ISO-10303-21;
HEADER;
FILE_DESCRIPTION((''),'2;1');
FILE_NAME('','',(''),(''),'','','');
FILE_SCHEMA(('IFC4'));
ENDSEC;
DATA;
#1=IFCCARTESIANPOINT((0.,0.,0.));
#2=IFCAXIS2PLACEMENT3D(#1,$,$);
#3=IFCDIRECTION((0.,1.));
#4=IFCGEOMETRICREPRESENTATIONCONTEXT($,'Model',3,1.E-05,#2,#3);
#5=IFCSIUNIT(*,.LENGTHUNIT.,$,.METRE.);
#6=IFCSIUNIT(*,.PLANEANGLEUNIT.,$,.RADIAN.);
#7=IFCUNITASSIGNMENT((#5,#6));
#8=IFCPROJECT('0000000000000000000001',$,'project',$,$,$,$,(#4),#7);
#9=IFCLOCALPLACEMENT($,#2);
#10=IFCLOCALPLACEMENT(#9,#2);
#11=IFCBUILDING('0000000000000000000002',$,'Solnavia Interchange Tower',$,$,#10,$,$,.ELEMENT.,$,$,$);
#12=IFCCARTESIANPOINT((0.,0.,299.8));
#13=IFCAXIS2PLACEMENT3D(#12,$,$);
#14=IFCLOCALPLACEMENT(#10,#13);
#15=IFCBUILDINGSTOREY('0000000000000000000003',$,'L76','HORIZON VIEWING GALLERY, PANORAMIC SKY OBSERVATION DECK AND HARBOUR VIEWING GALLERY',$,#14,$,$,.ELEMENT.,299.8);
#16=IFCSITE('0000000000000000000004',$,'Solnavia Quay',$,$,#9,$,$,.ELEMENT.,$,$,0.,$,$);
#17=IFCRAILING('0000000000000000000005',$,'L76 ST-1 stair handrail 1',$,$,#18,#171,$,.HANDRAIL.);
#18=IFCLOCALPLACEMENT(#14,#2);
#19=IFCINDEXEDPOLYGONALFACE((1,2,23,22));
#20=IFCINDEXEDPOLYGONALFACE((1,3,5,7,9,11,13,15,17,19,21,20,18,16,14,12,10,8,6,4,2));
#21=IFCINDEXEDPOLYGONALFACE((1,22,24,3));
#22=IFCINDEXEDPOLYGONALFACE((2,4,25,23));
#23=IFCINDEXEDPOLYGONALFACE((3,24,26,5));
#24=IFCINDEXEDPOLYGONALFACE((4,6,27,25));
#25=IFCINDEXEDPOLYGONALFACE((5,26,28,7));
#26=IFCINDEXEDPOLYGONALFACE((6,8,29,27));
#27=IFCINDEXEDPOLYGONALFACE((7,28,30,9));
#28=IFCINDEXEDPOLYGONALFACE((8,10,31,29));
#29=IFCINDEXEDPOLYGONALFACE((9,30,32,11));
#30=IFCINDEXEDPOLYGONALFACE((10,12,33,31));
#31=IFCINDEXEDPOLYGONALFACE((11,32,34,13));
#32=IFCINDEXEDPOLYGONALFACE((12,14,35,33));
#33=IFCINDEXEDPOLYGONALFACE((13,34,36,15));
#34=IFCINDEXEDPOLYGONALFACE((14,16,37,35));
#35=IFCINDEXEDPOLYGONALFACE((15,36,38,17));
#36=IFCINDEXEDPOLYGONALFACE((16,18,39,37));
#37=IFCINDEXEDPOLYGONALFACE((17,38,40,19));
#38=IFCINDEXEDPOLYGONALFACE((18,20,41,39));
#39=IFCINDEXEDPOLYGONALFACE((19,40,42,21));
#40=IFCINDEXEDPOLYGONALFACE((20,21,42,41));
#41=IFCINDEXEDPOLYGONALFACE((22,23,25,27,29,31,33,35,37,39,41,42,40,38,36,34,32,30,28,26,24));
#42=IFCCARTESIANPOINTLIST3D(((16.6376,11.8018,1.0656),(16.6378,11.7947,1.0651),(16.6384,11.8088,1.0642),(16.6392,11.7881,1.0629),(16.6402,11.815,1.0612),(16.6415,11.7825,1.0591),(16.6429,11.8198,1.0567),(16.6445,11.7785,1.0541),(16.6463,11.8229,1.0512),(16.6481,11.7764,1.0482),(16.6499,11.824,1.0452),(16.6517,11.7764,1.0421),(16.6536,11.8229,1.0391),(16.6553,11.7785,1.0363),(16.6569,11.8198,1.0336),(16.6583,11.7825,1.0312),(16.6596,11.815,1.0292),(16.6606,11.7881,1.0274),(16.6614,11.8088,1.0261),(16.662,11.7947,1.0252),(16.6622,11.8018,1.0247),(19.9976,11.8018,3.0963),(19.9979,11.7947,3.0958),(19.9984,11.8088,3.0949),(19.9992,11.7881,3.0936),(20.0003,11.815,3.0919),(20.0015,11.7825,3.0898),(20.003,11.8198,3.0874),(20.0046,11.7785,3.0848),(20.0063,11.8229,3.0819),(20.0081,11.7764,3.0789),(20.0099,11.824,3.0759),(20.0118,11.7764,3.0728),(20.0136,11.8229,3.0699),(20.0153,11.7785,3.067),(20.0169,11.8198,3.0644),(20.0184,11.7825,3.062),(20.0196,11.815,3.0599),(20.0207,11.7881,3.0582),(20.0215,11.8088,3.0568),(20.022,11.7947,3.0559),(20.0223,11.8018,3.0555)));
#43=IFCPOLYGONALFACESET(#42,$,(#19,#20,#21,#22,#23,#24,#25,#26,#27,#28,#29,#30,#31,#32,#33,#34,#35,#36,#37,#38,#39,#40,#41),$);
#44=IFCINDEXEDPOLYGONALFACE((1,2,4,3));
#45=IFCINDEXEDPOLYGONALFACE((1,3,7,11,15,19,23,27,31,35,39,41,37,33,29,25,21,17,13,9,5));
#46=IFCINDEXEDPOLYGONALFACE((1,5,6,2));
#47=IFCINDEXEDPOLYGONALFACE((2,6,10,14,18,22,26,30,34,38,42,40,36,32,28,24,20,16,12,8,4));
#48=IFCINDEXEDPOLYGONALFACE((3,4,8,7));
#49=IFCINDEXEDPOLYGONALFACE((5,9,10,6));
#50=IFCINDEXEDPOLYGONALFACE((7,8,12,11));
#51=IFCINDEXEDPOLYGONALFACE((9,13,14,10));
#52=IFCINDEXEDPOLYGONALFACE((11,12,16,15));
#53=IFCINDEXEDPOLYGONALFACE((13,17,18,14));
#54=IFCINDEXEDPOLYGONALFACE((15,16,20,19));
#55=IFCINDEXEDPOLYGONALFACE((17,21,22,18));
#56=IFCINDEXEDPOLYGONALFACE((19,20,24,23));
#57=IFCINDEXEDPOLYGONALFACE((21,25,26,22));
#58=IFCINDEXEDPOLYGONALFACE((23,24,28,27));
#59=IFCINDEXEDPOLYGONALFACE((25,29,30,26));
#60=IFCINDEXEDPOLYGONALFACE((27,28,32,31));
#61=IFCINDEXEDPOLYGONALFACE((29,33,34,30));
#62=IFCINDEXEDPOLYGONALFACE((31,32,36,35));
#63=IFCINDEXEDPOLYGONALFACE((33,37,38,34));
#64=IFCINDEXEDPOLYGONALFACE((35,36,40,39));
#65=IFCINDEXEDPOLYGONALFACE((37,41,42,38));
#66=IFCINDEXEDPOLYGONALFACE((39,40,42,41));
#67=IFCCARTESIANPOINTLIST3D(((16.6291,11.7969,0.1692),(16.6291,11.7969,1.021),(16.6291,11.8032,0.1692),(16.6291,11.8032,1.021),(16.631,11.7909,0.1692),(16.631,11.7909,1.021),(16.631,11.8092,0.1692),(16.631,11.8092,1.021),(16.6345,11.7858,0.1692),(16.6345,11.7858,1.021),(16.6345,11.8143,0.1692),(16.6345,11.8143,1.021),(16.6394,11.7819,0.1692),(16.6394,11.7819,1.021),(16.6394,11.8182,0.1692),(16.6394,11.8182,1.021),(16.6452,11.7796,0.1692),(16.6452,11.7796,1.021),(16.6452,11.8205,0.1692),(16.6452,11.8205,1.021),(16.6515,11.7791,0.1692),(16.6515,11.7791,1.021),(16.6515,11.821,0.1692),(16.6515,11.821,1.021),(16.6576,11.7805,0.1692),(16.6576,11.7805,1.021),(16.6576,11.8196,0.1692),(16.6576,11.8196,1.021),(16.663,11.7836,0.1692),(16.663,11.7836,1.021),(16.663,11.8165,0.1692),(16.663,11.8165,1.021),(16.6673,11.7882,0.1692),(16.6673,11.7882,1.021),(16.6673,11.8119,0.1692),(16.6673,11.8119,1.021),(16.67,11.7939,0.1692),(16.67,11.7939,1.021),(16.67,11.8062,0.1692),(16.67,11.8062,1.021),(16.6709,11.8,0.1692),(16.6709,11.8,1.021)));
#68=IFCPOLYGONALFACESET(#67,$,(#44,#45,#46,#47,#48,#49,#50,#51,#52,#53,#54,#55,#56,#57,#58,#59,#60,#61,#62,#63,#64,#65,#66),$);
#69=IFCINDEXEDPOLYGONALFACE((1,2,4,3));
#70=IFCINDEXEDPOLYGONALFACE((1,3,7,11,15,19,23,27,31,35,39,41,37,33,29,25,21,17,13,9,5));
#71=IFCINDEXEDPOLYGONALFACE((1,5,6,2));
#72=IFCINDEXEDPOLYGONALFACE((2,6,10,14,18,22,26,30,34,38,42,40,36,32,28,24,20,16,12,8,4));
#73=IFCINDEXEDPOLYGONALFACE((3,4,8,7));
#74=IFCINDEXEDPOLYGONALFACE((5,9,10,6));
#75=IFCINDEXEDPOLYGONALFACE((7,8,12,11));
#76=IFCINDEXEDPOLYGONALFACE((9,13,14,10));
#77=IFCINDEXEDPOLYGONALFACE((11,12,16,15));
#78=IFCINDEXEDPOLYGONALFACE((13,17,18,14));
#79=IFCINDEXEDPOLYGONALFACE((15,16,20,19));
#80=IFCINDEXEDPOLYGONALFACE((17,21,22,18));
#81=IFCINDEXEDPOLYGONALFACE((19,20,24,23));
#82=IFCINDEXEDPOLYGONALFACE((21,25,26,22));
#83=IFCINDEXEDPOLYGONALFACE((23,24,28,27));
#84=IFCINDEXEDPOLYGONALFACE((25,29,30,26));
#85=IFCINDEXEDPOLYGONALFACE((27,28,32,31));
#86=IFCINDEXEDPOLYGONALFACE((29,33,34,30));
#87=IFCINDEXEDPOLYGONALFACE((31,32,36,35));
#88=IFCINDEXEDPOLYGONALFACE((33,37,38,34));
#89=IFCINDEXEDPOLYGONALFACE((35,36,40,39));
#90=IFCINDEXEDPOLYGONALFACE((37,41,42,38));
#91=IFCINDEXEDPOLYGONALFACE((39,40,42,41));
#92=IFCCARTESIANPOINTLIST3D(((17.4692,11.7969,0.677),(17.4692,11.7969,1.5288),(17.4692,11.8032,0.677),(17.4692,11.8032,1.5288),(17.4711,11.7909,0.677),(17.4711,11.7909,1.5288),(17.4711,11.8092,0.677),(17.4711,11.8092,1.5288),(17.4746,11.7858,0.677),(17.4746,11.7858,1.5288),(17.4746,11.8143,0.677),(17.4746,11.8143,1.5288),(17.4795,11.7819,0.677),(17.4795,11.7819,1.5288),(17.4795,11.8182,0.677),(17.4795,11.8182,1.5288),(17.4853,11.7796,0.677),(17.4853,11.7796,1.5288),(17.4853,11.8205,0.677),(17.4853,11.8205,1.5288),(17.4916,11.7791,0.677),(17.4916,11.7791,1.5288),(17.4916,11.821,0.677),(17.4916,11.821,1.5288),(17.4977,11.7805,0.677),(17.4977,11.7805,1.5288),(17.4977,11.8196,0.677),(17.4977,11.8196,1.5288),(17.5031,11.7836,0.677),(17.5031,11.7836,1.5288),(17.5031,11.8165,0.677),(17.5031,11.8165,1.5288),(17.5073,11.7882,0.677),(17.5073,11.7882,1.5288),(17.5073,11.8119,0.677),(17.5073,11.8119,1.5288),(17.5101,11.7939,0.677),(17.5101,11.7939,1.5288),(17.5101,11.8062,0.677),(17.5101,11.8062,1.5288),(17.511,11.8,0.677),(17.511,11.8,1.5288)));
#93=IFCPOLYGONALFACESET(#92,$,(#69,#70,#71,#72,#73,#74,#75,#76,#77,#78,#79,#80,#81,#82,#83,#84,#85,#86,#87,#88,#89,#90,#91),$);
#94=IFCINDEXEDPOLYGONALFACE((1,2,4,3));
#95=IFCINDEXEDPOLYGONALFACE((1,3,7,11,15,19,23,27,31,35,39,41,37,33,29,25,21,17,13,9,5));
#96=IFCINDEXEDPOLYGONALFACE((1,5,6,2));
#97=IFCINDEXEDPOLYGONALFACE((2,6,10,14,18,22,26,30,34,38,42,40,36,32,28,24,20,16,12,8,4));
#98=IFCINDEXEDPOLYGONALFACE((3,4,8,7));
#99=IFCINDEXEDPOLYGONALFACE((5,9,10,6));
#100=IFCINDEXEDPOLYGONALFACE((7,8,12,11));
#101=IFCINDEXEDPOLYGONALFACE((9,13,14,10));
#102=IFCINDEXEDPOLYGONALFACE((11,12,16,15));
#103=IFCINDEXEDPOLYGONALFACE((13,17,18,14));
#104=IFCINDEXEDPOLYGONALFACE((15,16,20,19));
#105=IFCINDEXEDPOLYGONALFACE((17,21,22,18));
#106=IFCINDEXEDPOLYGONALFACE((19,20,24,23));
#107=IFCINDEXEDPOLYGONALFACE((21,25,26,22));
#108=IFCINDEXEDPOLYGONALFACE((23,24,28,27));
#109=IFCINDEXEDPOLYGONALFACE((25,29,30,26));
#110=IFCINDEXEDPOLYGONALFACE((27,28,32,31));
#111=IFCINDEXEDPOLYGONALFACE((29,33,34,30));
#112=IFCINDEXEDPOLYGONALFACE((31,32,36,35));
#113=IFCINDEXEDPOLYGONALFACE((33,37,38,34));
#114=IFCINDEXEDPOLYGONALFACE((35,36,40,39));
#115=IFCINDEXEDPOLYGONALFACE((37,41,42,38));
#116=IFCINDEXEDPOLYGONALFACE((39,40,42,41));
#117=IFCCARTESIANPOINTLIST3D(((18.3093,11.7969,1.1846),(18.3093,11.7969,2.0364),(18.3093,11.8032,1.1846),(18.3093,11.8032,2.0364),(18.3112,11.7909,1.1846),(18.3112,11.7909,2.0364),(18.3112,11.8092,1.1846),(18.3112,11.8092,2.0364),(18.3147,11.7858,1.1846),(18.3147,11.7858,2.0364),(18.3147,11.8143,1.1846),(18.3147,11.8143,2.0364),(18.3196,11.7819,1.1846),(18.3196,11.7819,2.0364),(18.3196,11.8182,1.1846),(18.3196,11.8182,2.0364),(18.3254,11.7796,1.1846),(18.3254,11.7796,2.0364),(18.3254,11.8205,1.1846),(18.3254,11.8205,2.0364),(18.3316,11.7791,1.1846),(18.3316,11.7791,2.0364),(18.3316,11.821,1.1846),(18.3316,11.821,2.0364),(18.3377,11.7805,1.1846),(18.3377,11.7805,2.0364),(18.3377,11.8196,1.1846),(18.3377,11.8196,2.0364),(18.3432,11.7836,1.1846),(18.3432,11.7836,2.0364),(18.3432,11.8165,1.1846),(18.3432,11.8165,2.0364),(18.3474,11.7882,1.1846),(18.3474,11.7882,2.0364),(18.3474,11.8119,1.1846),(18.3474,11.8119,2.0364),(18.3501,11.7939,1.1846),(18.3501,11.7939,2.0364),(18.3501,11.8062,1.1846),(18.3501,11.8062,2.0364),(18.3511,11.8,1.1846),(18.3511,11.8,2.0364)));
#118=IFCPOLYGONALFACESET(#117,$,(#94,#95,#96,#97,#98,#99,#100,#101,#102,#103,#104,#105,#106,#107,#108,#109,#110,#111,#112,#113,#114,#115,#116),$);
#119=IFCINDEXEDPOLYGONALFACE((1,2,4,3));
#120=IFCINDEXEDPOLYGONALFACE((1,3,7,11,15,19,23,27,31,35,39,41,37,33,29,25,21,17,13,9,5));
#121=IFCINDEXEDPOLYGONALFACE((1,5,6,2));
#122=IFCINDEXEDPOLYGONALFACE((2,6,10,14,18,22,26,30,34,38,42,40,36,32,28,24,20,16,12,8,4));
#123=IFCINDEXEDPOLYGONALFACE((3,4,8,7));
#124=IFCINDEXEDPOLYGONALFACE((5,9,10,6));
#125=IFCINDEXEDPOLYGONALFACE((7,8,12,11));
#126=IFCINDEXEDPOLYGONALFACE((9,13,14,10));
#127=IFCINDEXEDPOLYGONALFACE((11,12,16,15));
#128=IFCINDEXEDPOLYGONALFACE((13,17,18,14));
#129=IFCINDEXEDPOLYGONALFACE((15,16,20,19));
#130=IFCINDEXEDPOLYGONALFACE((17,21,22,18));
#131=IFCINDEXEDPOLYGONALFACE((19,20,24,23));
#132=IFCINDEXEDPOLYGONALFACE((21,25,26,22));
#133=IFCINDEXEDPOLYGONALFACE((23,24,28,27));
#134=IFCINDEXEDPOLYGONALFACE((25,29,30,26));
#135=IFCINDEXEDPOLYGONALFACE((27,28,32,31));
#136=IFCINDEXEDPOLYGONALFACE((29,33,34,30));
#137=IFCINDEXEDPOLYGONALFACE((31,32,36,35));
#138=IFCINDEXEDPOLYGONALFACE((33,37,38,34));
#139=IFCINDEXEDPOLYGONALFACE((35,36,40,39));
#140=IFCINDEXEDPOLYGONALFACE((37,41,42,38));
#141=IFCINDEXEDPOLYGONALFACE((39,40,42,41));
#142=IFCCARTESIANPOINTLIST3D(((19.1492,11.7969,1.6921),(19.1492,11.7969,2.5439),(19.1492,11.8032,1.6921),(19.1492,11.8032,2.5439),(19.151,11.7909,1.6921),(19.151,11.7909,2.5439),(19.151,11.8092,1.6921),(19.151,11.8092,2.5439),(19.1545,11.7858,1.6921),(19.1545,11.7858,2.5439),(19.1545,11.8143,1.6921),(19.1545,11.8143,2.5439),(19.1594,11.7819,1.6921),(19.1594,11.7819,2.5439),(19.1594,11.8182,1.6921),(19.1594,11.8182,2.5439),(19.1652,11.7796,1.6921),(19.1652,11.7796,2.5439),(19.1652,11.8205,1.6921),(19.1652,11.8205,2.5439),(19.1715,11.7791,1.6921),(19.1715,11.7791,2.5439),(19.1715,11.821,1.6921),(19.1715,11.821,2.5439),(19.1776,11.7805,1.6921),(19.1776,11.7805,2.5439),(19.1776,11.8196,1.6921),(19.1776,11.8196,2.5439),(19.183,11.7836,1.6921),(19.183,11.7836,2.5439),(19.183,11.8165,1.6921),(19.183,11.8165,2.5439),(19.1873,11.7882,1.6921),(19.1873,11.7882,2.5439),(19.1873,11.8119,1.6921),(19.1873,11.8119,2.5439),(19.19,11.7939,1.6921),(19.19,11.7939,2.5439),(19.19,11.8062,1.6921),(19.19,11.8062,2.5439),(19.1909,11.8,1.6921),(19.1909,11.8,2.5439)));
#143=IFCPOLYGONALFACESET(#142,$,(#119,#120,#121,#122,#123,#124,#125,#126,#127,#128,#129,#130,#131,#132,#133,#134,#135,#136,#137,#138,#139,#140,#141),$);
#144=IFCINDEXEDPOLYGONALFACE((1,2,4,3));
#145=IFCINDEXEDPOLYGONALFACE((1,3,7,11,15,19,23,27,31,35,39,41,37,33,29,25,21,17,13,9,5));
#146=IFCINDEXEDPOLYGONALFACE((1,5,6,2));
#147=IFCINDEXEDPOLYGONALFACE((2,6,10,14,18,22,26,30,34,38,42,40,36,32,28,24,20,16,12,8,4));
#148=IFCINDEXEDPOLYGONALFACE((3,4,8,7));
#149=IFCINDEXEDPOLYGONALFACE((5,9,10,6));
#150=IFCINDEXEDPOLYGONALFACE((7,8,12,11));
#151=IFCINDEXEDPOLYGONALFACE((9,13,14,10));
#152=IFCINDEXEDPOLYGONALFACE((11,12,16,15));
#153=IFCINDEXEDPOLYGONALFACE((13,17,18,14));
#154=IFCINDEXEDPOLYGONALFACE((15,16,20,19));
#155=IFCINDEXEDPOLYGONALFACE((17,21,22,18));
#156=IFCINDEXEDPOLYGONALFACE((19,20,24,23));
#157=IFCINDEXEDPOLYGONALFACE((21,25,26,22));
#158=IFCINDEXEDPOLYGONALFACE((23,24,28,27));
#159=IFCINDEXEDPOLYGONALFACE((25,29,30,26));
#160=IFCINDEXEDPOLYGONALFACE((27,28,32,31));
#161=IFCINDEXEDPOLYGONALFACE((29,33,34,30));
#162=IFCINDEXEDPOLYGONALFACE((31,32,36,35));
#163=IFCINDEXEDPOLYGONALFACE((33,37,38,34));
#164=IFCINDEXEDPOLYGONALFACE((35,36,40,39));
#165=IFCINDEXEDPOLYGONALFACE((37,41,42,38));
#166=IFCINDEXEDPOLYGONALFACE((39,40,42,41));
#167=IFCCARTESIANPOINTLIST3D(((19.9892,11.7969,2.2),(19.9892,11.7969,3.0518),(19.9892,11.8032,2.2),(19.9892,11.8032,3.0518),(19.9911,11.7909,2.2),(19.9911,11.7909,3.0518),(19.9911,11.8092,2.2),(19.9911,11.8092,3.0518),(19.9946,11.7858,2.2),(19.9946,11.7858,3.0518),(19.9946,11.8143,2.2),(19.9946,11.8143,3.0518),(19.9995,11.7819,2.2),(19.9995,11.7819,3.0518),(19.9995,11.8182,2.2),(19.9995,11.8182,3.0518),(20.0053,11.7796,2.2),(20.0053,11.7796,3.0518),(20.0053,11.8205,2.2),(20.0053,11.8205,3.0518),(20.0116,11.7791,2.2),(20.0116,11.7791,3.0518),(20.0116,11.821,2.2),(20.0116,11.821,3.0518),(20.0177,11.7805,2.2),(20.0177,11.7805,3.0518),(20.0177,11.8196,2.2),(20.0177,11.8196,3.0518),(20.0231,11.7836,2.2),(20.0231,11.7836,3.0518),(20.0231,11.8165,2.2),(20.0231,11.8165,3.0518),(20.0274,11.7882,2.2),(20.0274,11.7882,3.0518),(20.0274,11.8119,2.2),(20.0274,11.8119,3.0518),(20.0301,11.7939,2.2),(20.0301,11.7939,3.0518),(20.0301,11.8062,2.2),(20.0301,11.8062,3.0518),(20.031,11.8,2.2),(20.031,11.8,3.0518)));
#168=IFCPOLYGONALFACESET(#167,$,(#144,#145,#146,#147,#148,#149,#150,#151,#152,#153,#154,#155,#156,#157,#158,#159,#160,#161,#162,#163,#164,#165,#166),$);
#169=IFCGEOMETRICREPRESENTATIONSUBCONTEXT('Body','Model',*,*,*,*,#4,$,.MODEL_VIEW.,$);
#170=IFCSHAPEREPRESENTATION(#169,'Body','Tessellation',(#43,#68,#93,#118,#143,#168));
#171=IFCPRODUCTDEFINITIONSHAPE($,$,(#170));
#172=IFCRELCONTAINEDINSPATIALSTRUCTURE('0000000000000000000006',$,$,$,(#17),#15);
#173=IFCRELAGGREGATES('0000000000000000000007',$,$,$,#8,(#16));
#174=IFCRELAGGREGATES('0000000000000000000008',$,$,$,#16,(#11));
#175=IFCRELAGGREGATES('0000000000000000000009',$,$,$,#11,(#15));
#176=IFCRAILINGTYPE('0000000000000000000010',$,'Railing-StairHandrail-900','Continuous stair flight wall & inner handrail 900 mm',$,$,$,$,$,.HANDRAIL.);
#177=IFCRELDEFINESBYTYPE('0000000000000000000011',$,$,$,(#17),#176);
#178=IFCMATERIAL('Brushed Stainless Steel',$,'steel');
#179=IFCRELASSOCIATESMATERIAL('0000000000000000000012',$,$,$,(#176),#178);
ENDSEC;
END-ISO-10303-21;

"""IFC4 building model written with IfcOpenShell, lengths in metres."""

from ifc_helpers import new_model, si_unit, direction, frame, origin, origin_2d, place, context, subcontext, project, spatial, circle, extrude, material, type_object, element, save


model = new_model("IFC4")

# Units and contexts
model_context = context("Model", 3, precision=1e-05, world=origin(), true_north=direction((0.0, 1.0)))
body_context = subcontext(model_context, "Body", "Model", "MODEL_VIEW")
ifc_project = project(units=[si_unit("LENGTHUNIT", "METRE"), si_unit("PLANEANGLEUNIT", "RADIAN")], contexts=[model_context])

# Site, building, storey
site_placement = place(None, origin())
site = spatial("IfcSite", under=ifc_project, at=site_placement, Name="Solnavia Quay", CompositionType="ELEMENT", RefElevation=0.0)
building_placement = place(site_placement, origin())
building = spatial("IfcBuilding", under=site, at=building_placement, Name="Solnavia Interchange Tower", CompositionType="ELEMENT")
storey_placement = place(building_placement, frame((0.0, 0.0, 299.8)))
storey = spatial("IfcBuildingStorey", under=building, at=storey_placement, Name="L76", Description="HORIZON VIEWING GALLERY, PANORAMIC SKY OBSERVATION DECK AND HARBOUR VIEWING GALLERY", CompositionType="ELEMENT", Elevation=299.8)

# Railing
ifc_material_1 = material(Name="Brushed Stainless Steel", Category="steel")
railing_type_1 = type_object("IfcRailingType", Name="Railing-StairHandrail-900", Description="Continuous stair flight wall & inner handrail 900 mm", PredefinedType="HANDRAIL", material=ifc_material_1)
railing_1_placement = place(storey_placement, frame((16.6499, 11.8, 0.1692)))
element("IfcRailing", 1, at=railing_1_placement, inside=storey, type_object=railing_type_1, Name="L76 ST-1 stair handrail 1", PredefinedType="HANDRAIL", context=body_context, shape_type="SweptSolid", body=[
    extrude(circle(Radius=0.0239, at=origin_2d()), frame((0.0, 0.0, 0.876), z_axis=(0.855837, 0.0, 0.517246), x_axis=(0.0, 1.0, 0.0)), (0.0, 0.0, 1.0), 3.926),
    extrude(circle(Radius=0.021, at=origin_2d()), origin(), (0.0, 0.0, 1.0), 0.8518),
    extrude(circle(Radius=0.021, at=origin_2d()), frame((0.8401, 0.0, 0.5078)), (0.0, 0.0, 1.0), 0.8518),
    extrude(circle(Radius=0.021, at=origin_2d()), frame((1.6802, 0.0, 1.0154)), (0.0, 0.0, 1.0), 0.8518),
    extrude(circle(Radius=0.021, at=origin_2d()), frame((2.52, 0.0, 1.5229)), (0.0, 0.0, 1.0), 0.8518),
    extrude(circle(Radius=0.021, at=origin_2d()), frame((3.3601, 0.0, 2.0308)), (0.0, 0.0, 1.0), 0.8518),
])

save(model, "model.ifc")
